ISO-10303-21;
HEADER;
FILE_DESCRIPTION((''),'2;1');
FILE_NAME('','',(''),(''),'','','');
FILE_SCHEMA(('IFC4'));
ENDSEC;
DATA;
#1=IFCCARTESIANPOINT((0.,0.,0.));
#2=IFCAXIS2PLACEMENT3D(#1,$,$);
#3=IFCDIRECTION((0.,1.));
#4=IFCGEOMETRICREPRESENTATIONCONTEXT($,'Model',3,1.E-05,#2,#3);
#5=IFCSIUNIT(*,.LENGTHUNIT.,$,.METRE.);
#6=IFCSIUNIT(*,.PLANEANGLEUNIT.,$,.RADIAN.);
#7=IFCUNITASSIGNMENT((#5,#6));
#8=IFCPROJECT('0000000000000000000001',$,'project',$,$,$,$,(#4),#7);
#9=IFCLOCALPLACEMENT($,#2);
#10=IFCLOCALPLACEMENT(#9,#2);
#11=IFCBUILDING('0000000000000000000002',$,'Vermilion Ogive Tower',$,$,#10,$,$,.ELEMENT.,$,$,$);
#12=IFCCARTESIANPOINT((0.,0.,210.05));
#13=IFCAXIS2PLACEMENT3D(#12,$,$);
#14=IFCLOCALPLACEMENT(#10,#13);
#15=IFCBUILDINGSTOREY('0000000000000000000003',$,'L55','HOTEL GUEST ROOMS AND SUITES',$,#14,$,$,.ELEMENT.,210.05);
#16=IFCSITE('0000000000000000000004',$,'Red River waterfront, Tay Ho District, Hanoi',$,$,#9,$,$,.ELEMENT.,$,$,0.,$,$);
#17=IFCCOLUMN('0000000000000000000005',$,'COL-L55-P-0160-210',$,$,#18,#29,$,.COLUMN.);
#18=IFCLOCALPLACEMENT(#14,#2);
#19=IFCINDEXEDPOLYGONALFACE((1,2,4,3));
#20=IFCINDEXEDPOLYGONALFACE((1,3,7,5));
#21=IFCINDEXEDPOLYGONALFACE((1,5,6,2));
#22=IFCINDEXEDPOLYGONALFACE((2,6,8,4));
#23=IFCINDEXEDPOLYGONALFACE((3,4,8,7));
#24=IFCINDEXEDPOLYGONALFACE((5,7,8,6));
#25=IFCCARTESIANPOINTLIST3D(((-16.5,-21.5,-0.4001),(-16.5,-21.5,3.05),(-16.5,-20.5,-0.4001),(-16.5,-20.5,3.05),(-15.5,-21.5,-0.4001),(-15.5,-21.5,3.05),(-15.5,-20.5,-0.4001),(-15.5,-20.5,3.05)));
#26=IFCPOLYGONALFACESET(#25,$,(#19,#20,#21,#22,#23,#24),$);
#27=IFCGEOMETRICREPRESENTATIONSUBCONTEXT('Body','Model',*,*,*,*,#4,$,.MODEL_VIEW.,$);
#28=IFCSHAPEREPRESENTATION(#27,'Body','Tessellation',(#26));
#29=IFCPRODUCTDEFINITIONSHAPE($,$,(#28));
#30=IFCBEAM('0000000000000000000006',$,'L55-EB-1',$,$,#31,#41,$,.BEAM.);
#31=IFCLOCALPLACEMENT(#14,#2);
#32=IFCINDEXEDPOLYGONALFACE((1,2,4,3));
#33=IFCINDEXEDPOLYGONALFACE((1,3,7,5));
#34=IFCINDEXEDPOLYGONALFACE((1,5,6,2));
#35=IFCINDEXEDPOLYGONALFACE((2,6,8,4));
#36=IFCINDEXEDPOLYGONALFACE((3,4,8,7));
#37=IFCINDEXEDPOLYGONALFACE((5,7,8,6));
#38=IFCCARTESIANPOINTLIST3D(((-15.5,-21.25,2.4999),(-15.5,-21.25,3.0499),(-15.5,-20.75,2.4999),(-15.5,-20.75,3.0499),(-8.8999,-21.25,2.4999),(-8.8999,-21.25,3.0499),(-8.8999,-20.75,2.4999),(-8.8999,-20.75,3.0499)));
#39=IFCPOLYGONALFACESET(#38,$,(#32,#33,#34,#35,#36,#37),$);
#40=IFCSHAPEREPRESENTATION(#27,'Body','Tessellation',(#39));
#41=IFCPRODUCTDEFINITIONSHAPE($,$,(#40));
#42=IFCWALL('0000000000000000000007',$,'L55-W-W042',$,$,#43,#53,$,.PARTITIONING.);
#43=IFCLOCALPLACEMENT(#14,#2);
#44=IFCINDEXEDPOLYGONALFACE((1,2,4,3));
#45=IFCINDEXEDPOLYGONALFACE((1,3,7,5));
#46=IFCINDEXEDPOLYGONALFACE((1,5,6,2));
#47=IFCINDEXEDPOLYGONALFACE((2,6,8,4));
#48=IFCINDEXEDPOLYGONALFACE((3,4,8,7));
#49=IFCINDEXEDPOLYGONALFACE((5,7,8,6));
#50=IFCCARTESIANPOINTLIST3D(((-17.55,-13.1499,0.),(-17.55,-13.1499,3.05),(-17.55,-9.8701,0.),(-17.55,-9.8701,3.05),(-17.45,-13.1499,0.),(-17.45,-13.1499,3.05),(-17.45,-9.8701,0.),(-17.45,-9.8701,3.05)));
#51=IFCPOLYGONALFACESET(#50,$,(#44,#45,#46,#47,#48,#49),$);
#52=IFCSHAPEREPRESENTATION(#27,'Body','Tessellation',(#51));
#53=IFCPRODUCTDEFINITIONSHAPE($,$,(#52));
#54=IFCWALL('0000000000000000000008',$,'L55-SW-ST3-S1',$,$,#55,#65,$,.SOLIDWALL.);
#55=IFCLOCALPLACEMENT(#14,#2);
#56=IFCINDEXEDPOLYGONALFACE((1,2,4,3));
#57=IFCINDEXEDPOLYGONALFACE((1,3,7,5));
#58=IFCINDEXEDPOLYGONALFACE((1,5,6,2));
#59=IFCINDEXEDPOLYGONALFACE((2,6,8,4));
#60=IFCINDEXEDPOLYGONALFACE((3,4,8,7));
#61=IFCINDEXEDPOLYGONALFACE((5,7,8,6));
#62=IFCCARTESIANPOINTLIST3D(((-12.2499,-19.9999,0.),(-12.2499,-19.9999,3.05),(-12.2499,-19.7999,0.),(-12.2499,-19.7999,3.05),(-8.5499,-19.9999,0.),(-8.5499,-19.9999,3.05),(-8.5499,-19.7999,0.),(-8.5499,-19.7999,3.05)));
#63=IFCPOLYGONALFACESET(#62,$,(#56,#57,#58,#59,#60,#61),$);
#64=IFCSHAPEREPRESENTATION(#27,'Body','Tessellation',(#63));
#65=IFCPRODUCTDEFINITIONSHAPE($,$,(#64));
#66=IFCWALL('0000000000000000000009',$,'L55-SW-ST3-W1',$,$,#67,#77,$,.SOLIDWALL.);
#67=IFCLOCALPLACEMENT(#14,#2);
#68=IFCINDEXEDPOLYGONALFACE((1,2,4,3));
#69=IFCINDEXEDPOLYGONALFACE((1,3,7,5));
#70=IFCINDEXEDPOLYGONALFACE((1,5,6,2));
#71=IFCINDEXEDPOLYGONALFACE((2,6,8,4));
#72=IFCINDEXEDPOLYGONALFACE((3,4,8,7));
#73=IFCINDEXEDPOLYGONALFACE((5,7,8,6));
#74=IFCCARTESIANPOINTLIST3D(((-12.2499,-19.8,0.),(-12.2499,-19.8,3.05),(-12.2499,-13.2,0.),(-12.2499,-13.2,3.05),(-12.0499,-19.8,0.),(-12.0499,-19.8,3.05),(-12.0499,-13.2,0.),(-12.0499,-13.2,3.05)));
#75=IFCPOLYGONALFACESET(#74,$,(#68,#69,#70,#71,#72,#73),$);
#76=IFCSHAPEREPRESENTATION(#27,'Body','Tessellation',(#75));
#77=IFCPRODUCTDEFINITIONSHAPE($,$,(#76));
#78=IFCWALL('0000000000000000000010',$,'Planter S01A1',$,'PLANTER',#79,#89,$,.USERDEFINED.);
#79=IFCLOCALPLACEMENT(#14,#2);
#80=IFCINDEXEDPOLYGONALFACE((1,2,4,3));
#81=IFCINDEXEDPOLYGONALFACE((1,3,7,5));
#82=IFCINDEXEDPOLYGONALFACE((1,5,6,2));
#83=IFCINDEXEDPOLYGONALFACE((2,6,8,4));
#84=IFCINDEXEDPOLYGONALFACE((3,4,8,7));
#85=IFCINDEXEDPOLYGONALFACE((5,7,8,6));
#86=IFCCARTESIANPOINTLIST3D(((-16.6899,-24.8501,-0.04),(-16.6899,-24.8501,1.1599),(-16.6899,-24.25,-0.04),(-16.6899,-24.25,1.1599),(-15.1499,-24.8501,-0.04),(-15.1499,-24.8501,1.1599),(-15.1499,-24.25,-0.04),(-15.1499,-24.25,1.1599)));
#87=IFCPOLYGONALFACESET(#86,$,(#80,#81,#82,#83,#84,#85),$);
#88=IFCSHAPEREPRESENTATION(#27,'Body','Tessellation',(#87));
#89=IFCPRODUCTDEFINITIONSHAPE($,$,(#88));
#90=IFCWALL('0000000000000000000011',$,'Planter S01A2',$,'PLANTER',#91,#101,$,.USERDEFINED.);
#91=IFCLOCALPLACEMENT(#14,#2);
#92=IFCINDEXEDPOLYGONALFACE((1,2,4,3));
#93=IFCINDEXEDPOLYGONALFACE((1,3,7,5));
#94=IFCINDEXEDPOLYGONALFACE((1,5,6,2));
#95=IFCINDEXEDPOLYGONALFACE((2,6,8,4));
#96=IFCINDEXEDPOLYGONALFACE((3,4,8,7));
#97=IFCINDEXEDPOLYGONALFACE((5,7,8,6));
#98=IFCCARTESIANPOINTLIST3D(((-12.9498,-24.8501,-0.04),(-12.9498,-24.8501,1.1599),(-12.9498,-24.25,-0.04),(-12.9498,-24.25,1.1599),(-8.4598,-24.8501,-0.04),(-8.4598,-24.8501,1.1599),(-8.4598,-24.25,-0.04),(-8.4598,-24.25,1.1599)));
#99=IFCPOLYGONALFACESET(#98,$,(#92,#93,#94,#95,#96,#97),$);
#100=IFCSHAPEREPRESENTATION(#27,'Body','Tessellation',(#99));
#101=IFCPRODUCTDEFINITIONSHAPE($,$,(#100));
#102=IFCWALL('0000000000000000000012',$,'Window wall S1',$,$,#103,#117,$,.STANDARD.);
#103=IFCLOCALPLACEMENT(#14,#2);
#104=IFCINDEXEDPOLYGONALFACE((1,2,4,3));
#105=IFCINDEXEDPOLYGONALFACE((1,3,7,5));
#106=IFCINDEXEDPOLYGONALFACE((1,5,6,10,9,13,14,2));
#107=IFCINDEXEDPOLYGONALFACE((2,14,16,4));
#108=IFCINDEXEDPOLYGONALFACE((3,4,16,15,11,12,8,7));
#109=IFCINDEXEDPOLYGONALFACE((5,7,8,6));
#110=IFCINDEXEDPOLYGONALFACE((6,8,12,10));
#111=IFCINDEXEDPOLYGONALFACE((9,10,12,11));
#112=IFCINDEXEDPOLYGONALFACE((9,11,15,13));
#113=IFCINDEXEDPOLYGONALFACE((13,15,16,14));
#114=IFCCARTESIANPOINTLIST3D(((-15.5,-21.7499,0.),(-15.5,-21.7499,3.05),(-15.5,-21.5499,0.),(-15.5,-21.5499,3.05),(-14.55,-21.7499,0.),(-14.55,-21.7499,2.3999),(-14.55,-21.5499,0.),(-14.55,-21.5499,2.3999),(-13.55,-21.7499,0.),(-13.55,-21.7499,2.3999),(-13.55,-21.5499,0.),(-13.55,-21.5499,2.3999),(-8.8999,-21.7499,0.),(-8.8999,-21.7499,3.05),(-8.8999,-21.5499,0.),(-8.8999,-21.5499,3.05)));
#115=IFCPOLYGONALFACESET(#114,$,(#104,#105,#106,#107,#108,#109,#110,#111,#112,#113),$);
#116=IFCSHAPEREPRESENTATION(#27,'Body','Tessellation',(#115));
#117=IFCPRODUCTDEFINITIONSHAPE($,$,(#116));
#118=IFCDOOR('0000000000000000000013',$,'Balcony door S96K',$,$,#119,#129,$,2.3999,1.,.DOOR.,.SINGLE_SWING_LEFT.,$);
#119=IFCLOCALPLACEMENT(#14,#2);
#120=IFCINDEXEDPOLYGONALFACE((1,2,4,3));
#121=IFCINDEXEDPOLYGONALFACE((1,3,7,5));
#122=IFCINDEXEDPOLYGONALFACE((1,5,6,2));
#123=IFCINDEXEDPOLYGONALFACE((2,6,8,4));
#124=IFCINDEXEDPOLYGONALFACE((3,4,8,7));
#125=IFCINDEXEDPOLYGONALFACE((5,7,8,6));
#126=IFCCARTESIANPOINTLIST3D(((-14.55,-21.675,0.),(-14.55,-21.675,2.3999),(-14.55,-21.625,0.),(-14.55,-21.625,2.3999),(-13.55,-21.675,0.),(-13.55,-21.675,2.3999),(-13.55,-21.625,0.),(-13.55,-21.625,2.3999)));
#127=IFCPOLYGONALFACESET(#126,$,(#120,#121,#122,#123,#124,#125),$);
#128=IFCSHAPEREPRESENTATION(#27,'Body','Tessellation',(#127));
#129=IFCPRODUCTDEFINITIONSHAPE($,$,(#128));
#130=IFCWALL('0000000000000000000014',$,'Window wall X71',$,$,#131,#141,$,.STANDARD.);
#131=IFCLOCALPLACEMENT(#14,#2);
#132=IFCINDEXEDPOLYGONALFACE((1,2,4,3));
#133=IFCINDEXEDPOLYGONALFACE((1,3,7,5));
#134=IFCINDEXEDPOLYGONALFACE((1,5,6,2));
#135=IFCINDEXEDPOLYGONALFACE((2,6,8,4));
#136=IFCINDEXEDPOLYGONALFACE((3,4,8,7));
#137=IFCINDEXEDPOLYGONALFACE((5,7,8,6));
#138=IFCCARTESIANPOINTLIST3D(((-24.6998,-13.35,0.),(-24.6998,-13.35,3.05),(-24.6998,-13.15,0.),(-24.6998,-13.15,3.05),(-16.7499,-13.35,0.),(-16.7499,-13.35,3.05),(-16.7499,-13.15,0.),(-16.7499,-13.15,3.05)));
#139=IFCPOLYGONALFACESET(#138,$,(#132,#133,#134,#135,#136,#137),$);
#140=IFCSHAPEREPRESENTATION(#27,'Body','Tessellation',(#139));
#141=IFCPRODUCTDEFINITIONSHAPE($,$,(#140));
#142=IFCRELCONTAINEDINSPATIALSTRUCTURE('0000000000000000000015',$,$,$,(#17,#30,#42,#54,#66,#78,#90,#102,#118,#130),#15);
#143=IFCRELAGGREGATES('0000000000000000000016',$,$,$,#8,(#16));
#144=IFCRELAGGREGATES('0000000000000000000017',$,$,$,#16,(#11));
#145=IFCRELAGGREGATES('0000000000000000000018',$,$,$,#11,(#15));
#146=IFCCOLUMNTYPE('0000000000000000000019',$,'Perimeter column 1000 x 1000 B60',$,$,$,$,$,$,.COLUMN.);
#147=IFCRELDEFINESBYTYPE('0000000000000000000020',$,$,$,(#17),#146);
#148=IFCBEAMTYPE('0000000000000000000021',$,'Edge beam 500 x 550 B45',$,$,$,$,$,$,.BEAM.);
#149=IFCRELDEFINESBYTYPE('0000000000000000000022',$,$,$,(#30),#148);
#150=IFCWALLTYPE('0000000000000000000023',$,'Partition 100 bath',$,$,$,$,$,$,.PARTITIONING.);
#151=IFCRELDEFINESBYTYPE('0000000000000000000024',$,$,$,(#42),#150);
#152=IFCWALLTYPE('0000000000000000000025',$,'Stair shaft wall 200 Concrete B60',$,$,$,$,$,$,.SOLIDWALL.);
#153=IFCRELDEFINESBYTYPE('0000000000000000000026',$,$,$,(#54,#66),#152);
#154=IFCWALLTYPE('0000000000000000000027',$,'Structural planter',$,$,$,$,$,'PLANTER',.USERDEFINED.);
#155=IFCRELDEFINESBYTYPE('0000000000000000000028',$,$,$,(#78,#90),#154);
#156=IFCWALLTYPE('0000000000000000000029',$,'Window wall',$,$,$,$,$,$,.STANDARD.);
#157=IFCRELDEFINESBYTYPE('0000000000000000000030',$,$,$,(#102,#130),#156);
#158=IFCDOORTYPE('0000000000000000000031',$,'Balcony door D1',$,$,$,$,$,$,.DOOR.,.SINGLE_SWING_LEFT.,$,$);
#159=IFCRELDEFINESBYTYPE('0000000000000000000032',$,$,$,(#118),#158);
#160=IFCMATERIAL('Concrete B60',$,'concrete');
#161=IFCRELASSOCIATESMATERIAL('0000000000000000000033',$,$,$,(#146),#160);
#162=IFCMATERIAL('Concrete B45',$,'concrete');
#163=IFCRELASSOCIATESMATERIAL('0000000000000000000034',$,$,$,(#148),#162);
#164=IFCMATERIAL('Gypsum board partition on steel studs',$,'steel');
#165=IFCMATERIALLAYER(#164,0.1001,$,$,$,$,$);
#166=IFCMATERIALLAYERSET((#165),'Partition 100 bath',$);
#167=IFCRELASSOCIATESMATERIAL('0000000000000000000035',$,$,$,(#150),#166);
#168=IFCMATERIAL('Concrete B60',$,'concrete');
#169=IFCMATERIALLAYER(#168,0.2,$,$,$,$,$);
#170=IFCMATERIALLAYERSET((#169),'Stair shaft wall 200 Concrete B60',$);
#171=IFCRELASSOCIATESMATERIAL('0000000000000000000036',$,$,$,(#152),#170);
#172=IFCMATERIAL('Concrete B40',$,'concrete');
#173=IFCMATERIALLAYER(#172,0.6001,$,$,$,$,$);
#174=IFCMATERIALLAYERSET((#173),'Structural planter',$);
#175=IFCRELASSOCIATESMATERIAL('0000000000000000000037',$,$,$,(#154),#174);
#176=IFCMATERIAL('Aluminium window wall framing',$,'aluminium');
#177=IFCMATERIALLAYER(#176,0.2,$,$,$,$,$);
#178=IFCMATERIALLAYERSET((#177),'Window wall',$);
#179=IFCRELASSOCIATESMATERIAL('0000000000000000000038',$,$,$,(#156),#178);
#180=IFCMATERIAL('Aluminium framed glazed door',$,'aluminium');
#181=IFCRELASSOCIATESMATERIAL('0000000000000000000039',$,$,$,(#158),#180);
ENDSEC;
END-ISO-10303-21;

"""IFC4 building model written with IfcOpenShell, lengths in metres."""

from ifc_helpers import new_model, si_unit, direction, frame, frame_2d, origin, origin_2d, place, context, subcontext, project, spatial, rectangle, extrude, material, layer, layer_set, material_profile, profile_set, type_object, element, fill, save


model = new_model("IFC4")

# Units and contexts
model_context = context("Model", 3, precision=1e-05, world=origin(), true_north=direction((0.0, 1.0)))
body_context = subcontext(model_context, "Body", "Model", "MODEL_VIEW")
ifc_project = project(units=[si_unit("LENGTHUNIT", "METRE"), si_unit("PLANEANGLEUNIT", "RADIAN")], contexts=[model_context])

# Site, building, storey
site_placement = place(None, origin())
site = spatial("IfcSite", under=ifc_project, at=site_placement, Name="Red River waterfront, Tay Ho District, Hanoi", CompositionType="ELEMENT", RefElevation=0.0)
building_placement = place(site_placement, origin())
building = spatial("IfcBuilding", under=site, at=building_placement, Name="Vermilion Ogive Tower", CompositionType="ELEMENT")
storey_placement = place(building_placement, frame((0.0, 0.0, 210.05)))
storey = spatial("IfcBuildingStorey", under=building, at=storey_placement, Name="L55", Description="HOTEL GUEST ROOMS AND SUITES", CompositionType="ELEMENT", Elevation=210.05)

# Column
ifc_material_1 = material(Name="Concrete B60", Category="concrete")
ifc_material_profile_1 = material_profile(ifc_material_1, rectangle(XDim=1.0, YDim=1.0, at=origin_2d()), Name="1000 x 1000")
ifc_profile_set_1 = profile_set([ifc_material_profile_1], Name="Concrete B60")
column_type = type_object("IfcColumnType", Name="Perimeter column 1000 x 1000 B60", PredefinedType="COLUMN", material=ifc_profile_set_1)
column_placement = place(storey_placement, frame((-16.0, -21.0, -0.4001), z_axis=(0.0, 0.0, 1.0), x_axis=(1.0, 0.0, 0.0)))
element("IfcColumn", 1, at=column_placement, inside=storey, type_object=column_type, Name="COL-L55-P-0160-210", PredefinedType="COLUMN", context=body_context, shape_type="SweptSolid", body=[
    extrude(rectangle(XDim=1.0, YDim=1.0, at=origin_2d()), origin(), (0.0, 0.0, 1.0), 3.4502),
])

# Beam
ifc_material_2 = material(Name="Concrete B45", Category="concrete")
ifc_material_profile_2 = material_profile(ifc_material_2, rectangle(XDim=0.5, YDim=0.55, at=origin_2d()), Name="500 x 550")
ifc_profile_set_2 = profile_set([ifc_material_profile_2], Name="Concrete B45")
beam_type = type_object("IfcBeamType", Name="Edge beam 500 x 550 B45", PredefinedType="BEAM", material=ifc_profile_set_2)
beam_placement = place(storey_placement, frame((-15.5, -21.0, 2.7749), z_axis=(1.0, 0.0, 0.0), x_axis=(0.0, 1.0, 0.0)))
element("IfcBeam", 2, at=beam_placement, inside=storey, type_object=beam_type, Name="L55-EB-1", PredefinedType="BEAM", context=body_context, shape_type="SweptSolid", body=[
    extrude(rectangle(XDim=0.5, YDim=0.55, at=origin_2d()), origin(), (0.0, 0.0, 1.0), 6.6001),
])

# Walls
ifc_material_3 = material(Name="Gypsum board partition on steel studs", Category="steel")
ifc_layer_1 = layer(ifc_material_3, 0.1001)
ifc_layer_set_1 = layer_set([ifc_layer_1], Name="Partition 100 bath")
wall_type_1 = type_object("IfcWallType", Name="Partition 100 bath", PredefinedType="PARTITIONING", material=ifc_layer_set_1)
wall_1_placement = place(storey_placement, frame((-17.5, -13.1499, 0.0), z_axis=(0.0, 0.0, 1.0), x_axis=(0.0, 1.0, 0.0)))
element("IfcWall", 3, at=wall_1_placement, inside=storey, type_object=wall_type_1, Name="L55-W-W042", PredefinedType="PARTITIONING", context=body_context, shape_type="SweptSolid", body=[
    extrude(rectangle(XDim=3.2798, YDim=0.1001, at=frame_2d((1.6399, 0.0))), origin(), (0.0, 0.0, 1.0), 3.05),
])
ifc_material_4 = material(Name="Concrete B60", Category="concrete")
ifc_layer_2 = layer(ifc_material_4, 0.2)
ifc_layer_set_2 = layer_set([ifc_layer_2], Name="Stair shaft wall 200 Concrete B60")
wall_type_2 = type_object("IfcWallType", Name="Stair shaft wall 200 Concrete B60", PredefinedType="SOLIDWALL", material=ifc_layer_set_2)
wall_2_placement = place(storey_placement, frame((-12.25, -19.8999, 0.0), z_axis=(0.0, 0.0, 1.0), x_axis=(1.0, 0.0, 0.0)))
element("IfcWall", 4, at=wall_2_placement, inside=storey, type_object=wall_type_2, Name="L55-SW-ST3-S1", PredefinedType="SOLIDWALL", context=body_context, shape_type="SweptSolid", body=[
    extrude(rectangle(XDim=3.7, YDim=0.2, at=frame_2d((1.8501, 0.0))), origin(), (0.0, 0.0, 1.0), 3.05),
])
wall_3_placement = place(storey_placement, frame((-12.1499, -19.8, 0.0), z_axis=(0.0, 0.0, 1.0), x_axis=(0.0, 1.0, 0.0)))
element("IfcWall", 5, at=wall_3_placement, inside=storey, type_object=wall_type_2, Name="L55-SW-ST3-W1", PredefinedType="SOLIDWALL", context=body_context, shape_type="SweptSolid", body=[
    extrude(rectangle(XDim=6.6001, YDim=0.2, at=frame_2d((3.3, 0.0))), origin(), (0.0, 0.0, 1.0), 3.05),
])
ifc_material_5 = material(Name="Concrete B40", Category="concrete")
ifc_layer_3 = layer(ifc_material_5, 0.6001)
ifc_layer_set_3 = layer_set([ifc_layer_3], Name="Structural planter")
wall_type_3 = type_object("IfcWallType", Name="Structural planter", ElementType="PLANTER", PredefinedType="USERDEFINED", material=ifc_layer_set_3)
wall_4_placement = place(storey_placement, frame((-16.6899, -24.55, -0.04), z_axis=(0.0, 0.0, 1.0), x_axis=(1.0, 0.0, 0.0)))
element("IfcWall", 6, at=wall_4_placement, inside=storey, type_object=wall_type_3, Name="Planter S01A1", ObjectType="PLANTER", PredefinedType="USERDEFINED", context=body_context, shape_type="SweptSolid", body=[
    extrude(rectangle(XDim=1.54, YDim=0.6001, at=frame_2d((0.77, 0.0))), origin(), (0.0, 0.0, 1.0), 1.2),
])
wall_5_placement = place(storey_placement, frame((-12.95, -24.55, -0.04), z_axis=(0.0, 0.0, 1.0), x_axis=(1.0, 0.0, 0.0)))
element("IfcWall", 7, at=wall_5_placement, inside=storey, type_object=wall_type_3, Name="Planter S01A2", ObjectType="PLANTER", PredefinedType="USERDEFINED", context=body_context, shape_type="SweptSolid", body=[
    extrude(rectangle(XDim=4.49, YDim=0.6001, at=frame_2d((2.2451, 0.0))), origin(), (0.0, 0.0, 1.0), 1.2),
])

# Wall, opening, door
ifc_material_6 = material(Name="Aluminium window wall framing", Category="aluminium")
ifc_layer_4 = layer(ifc_material_6, 0.2)
ifc_layer_set_4 = layer_set([ifc_layer_4], Name="Window wall")
wall_type_4 = type_object("IfcWallType", Name="Window wall", PredefinedType="STANDARD", material=ifc_layer_set_4)
wall_6_placement = place(storey_placement, frame((-15.5, -21.6499, 0.0), z_axis=(0.0, 0.0, 1.0), x_axis=(1.0, 0.0, 0.0)))
wall_6 = element("IfcWall", 8, at=wall_6_placement, inside=storey, type_object=wall_type_4, Name="Window wall S1", PredefinedType="STANDARD", context=body_context, shape_type="SweptSolid", body=[
    extrude(rectangle(XDim=6.6001, YDim=0.2, at=frame_2d((3.3, 0.0))), origin(), (0.0, 0.0, 1.0), 3.05),
])
opening_1_placement = place(wall_6_placement, frame((0.95, 0.0, 0.0)))
opening_1 = element("IfcOpeningElement", 9, at=opening_1_placement, cuts=wall_6, PredefinedType="OPENING", context=body_context, shape_type="SweptSolid", body=[
    extrude(rectangle(XDim=1.0, YDim=2.3999, at=frame_2d((0.5, 1.2))), frame((0.0, 0.1099, 0.0), z_axis=(0.0, -1.0, 0.0), x_axis=(1.0, 0.0, 0.0)), (0.0, 0.0, 1.0), 0.22),
])
ifc_material_7 = material(Name="Aluminium framed glazed door", Category="aluminium")
door_type = type_object("IfcDoorType", Name="Balcony door D1", OperationType="SINGLE_SWING_LEFT", PredefinedType="DOOR", material=ifc_material_7)
door_placement = place(opening_1_placement, origin())
door = element("IfcDoor", 10, at=door_placement, inside=storey, type_object=door_type, Name="Balcony door S96K", OperationType="SINGLE_SWING_LEFT", OverallHeight=2.3999, OverallWidth=1.0, PredefinedType="DOOR", context=body_context, shape_type="SweptSolid", body=[
    extrude(rectangle(XDim=1.0, YDim=2.3999, at=frame_2d((0.5, 1.2))), frame((0.0, 0.0249, 0.0), z_axis=(0.0, -1.0, 0.0), x_axis=(1.0, 0.0, 0.0)), (0.0, 0.0, 1.0), 0.05),
])
fill(opening_1, door)

# Wall
wall_7_placement = place(storey_placement, frame((-24.7, -13.25, 0.0), z_axis=(0.0, 0.0, 1.0), x_axis=(1.0, 0.0, 0.0)))
element("IfcWall", 11, at=wall_7_placement, inside=storey, type_object=wall_type_4, Name="Window wall X71", PredefinedType="STANDARD", context=body_context, shape_type="SweptSolid", body=[
    extrude(rectangle(XDim=7.95, YDim=0.2, at=frame_2d((3.9751, 0.0))), origin(), (0.0, 0.0, 1.0), 3.05),
])

save(model, "model.ifc")
